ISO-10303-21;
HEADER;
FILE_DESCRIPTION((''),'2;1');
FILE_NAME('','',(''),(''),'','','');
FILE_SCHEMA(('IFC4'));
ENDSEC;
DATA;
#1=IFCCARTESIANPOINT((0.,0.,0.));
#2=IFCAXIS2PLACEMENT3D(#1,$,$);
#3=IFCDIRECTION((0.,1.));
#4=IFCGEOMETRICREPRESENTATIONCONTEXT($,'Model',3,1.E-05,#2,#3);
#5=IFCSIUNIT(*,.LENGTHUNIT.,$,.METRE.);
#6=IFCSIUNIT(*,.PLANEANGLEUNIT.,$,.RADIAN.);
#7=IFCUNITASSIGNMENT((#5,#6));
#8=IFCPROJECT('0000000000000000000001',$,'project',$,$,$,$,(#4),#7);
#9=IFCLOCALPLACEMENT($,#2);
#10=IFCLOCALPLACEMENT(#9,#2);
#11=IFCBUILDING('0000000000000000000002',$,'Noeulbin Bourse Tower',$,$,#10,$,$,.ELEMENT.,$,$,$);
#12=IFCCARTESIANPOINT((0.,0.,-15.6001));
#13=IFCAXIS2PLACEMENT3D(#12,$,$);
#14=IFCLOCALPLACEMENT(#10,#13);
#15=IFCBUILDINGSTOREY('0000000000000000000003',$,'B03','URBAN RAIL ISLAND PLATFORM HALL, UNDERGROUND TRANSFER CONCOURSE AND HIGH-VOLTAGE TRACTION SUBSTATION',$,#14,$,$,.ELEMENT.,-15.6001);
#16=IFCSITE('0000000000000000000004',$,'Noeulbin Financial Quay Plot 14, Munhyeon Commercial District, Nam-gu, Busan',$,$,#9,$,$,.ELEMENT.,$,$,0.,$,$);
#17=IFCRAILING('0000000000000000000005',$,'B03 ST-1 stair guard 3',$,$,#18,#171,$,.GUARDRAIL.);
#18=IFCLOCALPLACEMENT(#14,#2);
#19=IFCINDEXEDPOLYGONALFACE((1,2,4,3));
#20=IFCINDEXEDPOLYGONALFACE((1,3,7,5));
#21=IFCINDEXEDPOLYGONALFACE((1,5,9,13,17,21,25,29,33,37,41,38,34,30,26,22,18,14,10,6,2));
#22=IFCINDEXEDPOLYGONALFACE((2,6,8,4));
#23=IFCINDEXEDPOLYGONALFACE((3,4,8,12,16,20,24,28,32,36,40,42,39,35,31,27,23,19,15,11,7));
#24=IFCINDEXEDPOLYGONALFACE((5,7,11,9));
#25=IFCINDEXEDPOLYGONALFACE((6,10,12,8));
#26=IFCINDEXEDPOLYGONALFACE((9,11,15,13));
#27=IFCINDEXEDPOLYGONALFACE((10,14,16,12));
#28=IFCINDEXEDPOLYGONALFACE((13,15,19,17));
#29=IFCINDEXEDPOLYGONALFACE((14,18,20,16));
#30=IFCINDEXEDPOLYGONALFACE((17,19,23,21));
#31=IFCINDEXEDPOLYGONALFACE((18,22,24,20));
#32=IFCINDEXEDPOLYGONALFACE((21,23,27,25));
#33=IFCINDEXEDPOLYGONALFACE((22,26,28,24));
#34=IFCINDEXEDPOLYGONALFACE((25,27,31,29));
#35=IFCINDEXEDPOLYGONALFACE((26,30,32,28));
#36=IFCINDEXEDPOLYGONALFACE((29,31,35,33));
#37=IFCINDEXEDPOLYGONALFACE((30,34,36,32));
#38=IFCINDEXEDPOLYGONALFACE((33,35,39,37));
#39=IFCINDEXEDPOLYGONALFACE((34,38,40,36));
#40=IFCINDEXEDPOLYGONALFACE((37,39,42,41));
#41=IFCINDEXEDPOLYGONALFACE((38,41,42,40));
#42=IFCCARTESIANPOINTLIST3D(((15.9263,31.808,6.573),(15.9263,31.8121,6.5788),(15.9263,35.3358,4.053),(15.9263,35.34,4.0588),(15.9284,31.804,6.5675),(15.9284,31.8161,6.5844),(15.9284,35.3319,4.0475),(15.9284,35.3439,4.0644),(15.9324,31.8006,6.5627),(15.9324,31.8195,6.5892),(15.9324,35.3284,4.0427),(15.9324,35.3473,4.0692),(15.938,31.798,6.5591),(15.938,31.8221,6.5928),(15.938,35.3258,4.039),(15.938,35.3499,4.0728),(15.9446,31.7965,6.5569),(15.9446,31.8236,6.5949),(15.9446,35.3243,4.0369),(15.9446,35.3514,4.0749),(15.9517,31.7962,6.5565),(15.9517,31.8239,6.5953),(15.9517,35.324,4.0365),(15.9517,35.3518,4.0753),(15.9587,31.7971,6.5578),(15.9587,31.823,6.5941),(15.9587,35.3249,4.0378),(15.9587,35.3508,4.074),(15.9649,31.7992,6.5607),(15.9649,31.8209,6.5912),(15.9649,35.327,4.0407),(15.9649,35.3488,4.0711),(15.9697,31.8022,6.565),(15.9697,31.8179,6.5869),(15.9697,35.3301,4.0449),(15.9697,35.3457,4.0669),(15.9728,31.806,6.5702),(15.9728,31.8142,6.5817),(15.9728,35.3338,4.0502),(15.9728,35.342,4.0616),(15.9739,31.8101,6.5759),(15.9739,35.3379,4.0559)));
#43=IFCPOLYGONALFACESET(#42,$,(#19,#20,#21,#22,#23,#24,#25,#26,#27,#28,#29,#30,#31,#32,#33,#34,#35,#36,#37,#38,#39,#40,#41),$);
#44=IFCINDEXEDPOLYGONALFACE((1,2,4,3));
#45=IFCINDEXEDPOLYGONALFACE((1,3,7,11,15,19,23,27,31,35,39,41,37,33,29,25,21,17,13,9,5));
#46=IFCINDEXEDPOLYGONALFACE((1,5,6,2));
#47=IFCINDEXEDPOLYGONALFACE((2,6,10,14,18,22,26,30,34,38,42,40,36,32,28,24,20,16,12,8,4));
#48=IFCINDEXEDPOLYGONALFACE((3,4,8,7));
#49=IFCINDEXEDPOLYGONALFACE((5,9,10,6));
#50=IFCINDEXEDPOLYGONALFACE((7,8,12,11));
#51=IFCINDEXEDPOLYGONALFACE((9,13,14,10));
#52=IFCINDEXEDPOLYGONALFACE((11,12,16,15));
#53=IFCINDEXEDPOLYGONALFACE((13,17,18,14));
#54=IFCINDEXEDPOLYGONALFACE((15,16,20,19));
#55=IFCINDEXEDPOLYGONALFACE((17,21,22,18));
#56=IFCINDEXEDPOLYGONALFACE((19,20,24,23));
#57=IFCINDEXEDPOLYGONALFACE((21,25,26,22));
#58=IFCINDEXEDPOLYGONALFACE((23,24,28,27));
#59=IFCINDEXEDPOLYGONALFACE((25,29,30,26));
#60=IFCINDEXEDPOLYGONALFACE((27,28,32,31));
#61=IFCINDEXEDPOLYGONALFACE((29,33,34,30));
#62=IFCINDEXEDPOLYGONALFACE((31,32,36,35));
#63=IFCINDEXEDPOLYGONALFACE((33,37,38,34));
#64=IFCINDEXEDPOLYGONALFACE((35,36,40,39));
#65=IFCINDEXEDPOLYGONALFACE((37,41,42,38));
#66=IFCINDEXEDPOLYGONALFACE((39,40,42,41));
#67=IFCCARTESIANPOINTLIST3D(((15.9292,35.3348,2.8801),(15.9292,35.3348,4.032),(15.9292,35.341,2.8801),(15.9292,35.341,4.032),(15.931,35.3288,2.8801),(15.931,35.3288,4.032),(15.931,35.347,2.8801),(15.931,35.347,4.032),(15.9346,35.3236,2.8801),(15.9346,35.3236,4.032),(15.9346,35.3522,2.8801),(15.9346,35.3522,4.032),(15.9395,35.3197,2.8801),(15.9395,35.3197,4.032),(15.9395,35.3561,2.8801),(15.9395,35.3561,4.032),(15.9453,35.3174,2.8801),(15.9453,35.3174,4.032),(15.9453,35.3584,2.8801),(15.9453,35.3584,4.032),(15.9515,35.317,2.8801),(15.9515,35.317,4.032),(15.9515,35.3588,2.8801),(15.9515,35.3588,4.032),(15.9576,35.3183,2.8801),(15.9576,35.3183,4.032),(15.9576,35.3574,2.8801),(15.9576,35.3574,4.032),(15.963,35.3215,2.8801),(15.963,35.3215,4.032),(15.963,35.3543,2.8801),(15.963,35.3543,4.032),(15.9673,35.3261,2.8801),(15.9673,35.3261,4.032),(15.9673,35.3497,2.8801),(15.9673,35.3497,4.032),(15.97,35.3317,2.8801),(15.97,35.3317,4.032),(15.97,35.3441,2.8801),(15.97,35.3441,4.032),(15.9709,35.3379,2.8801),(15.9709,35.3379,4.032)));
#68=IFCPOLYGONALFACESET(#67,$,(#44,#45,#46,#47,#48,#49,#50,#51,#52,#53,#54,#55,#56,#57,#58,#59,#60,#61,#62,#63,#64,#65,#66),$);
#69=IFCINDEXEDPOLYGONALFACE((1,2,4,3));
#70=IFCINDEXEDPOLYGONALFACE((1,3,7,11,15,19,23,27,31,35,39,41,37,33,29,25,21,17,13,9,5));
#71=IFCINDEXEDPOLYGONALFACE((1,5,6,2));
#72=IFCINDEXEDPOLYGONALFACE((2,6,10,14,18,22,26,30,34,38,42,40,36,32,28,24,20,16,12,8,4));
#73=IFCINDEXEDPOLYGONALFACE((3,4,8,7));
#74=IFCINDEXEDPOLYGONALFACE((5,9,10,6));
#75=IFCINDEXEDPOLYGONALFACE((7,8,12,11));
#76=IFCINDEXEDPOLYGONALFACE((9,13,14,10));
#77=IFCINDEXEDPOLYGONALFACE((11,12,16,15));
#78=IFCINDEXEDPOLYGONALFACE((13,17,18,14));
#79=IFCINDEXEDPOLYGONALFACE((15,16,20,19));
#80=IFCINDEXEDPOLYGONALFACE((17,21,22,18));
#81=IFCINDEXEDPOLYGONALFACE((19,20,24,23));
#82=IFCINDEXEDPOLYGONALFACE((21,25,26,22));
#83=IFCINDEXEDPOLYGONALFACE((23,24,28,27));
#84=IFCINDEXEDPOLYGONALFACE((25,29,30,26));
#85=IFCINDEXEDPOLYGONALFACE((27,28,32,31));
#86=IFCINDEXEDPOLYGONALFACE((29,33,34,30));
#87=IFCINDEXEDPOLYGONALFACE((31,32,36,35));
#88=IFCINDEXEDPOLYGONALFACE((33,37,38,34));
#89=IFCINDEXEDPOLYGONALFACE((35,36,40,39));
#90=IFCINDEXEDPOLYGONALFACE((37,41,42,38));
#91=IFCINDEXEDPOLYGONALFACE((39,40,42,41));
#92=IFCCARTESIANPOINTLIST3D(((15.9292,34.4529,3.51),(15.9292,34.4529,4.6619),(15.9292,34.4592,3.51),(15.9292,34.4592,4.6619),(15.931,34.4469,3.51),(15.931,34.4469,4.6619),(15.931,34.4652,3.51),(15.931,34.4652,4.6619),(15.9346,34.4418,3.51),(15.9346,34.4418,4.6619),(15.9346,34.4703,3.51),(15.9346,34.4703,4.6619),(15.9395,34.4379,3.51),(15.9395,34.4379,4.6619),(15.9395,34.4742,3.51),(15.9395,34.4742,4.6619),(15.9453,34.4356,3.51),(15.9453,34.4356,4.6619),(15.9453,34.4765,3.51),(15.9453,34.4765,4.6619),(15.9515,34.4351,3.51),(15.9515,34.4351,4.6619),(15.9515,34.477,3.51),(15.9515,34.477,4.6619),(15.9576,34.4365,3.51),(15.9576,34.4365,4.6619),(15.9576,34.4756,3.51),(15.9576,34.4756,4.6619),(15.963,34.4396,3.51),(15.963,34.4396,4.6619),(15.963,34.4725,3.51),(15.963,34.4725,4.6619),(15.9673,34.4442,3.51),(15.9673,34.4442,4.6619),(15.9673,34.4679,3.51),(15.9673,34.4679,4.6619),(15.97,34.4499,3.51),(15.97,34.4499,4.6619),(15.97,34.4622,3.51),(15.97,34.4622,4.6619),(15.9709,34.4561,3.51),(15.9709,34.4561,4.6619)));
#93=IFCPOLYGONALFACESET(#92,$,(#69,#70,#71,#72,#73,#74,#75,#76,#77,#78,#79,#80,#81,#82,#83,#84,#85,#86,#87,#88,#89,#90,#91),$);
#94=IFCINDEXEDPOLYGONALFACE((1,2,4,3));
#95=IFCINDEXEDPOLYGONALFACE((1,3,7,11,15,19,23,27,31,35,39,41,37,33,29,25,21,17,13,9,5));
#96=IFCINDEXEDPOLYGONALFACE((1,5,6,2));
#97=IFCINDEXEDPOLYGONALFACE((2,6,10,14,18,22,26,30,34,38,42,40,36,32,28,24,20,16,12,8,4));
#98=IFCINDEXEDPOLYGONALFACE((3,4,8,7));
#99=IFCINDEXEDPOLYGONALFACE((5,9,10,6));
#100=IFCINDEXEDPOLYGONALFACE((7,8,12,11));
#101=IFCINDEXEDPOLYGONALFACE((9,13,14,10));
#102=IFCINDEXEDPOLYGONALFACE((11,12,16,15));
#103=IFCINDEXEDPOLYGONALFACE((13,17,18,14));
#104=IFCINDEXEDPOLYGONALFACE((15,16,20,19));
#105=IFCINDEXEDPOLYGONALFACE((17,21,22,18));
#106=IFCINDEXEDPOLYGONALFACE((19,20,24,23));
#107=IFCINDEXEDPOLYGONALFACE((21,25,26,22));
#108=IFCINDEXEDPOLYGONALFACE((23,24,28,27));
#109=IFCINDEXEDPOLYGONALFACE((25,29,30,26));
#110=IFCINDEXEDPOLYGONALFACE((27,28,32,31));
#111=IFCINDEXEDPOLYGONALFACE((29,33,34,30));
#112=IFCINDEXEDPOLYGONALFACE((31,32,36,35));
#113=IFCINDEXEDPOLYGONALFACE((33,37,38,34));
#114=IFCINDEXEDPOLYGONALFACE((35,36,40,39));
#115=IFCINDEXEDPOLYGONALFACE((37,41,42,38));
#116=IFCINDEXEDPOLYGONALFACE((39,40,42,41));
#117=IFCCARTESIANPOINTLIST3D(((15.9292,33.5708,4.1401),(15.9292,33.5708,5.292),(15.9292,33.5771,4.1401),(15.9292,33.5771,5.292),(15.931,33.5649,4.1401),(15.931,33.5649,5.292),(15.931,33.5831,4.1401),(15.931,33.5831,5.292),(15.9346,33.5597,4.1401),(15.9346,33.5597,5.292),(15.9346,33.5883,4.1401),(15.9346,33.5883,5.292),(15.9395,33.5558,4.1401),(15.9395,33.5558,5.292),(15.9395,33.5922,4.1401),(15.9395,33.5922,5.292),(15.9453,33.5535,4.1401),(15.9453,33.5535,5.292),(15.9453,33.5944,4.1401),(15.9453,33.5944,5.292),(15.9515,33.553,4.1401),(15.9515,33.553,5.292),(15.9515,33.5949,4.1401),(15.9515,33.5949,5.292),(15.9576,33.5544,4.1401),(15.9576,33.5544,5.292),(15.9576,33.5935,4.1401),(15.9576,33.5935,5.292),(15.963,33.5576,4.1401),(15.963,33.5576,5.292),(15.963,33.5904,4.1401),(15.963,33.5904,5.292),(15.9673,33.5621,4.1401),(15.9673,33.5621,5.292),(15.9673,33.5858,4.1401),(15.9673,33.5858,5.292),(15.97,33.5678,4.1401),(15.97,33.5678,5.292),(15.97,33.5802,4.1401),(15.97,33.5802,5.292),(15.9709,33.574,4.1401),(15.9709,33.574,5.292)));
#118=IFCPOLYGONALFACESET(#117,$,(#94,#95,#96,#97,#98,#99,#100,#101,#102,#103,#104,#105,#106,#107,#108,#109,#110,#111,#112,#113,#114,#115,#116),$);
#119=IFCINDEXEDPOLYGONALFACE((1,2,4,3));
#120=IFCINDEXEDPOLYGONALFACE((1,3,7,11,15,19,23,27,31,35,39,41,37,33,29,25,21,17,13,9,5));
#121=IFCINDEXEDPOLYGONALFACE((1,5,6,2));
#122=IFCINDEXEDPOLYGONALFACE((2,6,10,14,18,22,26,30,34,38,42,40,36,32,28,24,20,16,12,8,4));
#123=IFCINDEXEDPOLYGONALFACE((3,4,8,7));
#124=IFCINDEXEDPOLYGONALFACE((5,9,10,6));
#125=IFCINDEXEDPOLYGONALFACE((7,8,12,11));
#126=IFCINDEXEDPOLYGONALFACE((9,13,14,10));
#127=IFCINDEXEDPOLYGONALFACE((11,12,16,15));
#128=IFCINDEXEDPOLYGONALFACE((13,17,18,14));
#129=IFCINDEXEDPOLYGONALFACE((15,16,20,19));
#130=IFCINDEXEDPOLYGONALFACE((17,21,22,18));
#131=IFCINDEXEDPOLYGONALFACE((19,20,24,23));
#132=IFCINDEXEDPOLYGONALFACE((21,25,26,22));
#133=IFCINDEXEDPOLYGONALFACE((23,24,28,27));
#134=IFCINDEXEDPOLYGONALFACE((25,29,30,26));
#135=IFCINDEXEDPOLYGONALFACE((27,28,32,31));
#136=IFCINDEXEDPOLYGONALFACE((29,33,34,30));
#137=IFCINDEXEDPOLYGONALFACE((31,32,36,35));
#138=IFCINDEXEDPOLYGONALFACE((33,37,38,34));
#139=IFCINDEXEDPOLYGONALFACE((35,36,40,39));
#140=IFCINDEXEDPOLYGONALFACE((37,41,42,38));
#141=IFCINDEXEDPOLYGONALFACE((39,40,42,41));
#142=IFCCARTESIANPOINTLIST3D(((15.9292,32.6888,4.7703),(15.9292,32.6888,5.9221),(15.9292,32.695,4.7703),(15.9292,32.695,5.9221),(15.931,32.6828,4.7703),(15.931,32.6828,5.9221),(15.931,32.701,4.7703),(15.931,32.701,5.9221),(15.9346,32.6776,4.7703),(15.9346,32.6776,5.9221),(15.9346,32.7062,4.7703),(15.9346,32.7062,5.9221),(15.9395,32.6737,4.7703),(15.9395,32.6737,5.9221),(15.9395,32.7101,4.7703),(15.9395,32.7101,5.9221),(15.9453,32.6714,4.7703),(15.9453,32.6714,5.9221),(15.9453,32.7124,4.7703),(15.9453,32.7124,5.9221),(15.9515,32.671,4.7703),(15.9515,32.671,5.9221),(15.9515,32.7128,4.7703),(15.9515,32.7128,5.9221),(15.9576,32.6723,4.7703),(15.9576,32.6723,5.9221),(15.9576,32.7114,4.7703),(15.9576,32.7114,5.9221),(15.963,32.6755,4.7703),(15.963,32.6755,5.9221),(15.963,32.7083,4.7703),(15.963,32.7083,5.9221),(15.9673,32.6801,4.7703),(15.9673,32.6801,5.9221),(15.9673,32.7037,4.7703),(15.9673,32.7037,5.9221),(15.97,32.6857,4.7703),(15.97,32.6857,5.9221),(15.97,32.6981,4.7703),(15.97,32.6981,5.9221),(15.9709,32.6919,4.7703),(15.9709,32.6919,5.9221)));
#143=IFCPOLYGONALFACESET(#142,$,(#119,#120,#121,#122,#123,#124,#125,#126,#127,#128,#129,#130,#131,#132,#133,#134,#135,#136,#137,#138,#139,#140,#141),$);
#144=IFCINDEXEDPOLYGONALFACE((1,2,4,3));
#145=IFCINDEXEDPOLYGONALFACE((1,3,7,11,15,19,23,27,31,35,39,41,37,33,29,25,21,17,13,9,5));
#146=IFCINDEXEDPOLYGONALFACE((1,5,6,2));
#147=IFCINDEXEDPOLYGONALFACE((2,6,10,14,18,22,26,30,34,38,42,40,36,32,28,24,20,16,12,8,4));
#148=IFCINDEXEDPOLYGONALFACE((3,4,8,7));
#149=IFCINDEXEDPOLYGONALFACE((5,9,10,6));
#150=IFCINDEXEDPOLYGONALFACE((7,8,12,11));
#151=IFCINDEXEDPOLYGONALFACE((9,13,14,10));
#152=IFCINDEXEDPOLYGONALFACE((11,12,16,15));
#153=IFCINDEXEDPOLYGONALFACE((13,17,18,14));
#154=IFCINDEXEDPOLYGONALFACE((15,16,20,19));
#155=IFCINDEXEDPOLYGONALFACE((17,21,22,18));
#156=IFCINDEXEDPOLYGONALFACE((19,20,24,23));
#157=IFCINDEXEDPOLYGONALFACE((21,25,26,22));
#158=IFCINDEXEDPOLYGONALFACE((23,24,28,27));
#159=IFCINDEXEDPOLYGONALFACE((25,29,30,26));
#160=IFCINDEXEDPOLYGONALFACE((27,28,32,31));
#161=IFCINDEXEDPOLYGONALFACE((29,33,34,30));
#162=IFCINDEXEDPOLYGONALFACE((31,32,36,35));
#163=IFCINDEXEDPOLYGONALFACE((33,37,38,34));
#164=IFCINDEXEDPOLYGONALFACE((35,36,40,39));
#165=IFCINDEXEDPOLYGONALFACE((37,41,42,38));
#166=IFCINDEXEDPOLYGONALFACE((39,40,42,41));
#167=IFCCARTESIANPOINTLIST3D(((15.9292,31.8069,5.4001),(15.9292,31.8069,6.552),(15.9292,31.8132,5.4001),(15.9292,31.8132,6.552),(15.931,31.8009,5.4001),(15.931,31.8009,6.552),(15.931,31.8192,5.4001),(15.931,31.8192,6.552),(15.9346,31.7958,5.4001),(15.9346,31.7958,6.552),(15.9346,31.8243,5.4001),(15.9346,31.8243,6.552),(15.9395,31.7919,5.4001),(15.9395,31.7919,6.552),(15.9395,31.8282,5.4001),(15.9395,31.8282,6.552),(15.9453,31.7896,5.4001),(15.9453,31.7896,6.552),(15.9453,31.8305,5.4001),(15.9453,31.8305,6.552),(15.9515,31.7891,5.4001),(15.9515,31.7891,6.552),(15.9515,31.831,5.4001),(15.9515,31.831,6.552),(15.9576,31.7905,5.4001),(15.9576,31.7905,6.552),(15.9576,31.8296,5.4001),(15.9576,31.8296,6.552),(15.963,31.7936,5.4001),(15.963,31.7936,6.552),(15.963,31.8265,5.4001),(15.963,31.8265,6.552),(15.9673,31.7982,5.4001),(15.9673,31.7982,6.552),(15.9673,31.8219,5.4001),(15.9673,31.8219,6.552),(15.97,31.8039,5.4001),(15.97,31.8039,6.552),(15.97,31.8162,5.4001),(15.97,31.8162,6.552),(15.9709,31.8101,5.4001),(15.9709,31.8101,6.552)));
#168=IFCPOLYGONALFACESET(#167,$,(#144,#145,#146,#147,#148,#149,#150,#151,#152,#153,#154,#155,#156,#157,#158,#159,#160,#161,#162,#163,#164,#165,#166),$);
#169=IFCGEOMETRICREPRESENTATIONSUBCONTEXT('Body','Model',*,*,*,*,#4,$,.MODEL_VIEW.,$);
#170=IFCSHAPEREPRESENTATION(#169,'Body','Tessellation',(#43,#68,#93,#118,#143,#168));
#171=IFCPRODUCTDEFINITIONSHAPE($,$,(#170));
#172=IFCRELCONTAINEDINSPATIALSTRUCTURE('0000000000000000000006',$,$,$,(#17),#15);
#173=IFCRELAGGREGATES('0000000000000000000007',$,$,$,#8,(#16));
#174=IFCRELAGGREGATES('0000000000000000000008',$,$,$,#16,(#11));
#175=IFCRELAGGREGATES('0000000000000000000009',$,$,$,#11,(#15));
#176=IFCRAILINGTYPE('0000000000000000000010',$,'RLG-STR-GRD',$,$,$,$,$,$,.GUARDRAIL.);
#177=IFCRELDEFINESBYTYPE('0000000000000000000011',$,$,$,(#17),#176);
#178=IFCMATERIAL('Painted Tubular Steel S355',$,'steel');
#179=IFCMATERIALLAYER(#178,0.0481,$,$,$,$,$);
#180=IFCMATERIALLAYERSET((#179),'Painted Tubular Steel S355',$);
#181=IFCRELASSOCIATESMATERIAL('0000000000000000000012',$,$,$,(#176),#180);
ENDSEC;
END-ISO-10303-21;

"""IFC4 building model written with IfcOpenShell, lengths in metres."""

from ifc_helpers import new_model, si_unit, direction, frame, origin, origin_2d, place, context, subcontext, project, spatial, circle, extrude, material, layer, layer_set, type_object, element, save


model = new_model("IFC4")

# Units and contexts
model_context = context("Model", 3, precision=1e-05, world=origin(), true_north=direction((0.0, 1.0)))
body_context = subcontext(model_context, "Body", "Model", "MODEL_VIEW")
ifc_project = project(units=[si_unit("LENGTHUNIT", "METRE"), si_unit("PLANEANGLEUNIT", "RADIAN")], contexts=[model_context])

# Site, building, storey
site_placement = place(None, origin())
site = spatial("IfcSite", under=ifc_project, at=site_placement, Name="Noeulbin Financial Quay Plot 14, Munhyeon Commercial District, Nam-gu, Busan", CompositionType="ELEMENT", RefElevation=0.0)
building_placement = place(site_placement, origin())
building = spatial("IfcBuilding", under=site, at=building_placement, Name="Noeulbin Bourse Tower", CompositionType="ELEMENT")
storey_placement = place(building_placement, frame((0.0, 0.0, -15.6001)))
storey = spatial("IfcBuildingStorey", under=building, at=storey_placement, Name="B03", Description="URBAN RAIL ISLAND PLATFORM HALL, UNDERGROUND TRANSFER CONCOURSE AND HIGH-VOLTAGE TRACTION SUBSTATION", CompositionType="ELEMENT", Elevation=-15.6001)

# Railing
ifc_material_1 = material(Name="Painted Tubular Steel S355", Category="steel")
ifc_layer_1 = layer(ifc_material_1, 0.0481)
ifc_layer_set_1 = layer_set([ifc_layer_1], Name="Painted Tubular Steel S355")
railing_type_1 = type_object("IfcRailingType", Name="RLG-STR-GRD", PredefinedType="GUARDRAIL", material=ifc_layer_set_1)
railing_1_placement = place(storey_placement, frame((15.95, 35.3379, 2.8801)))
element("IfcRailing", 1, at=railing_1_placement, inside=storey, type_object=railing_type_1, Name="B03 ST-1 stair guard 3", PredefinedType="GUARDRAIL", context=body_context, shape_type="SweptSolid", body=[
    extrude(circle(Radius=0.0239, at=origin_2d()), frame((0.0, 0.0, 1.1758), z_axis=(0.0, -0.813718, 0.58126), x_axis=(1.0, 0.0, 0.0)), (0.0, 0.0, 1.0), 4.3354),
    extrude(circle(Radius=0.021, at=origin_2d()), origin(), (0.0, 0.0, 1.0), 1.1519),
    extrude(circle(Radius=0.021, at=origin_2d()), frame((0.0, -0.8818, 0.6299)), (0.0, 0.0, 1.0), 1.1519),
    extrude(circle(Radius=0.021, at=origin_2d()), frame((0.0, -1.7639, 1.26)), (0.0, 0.0, 1.0), 1.1519),
    extrude(circle(Radius=0.021, at=origin_2d()), frame((0.0, -2.646, 1.8901)), (0.0, 0.0, 1.0), 1.1519),
    extrude(circle(Radius=0.021, at=origin_2d()), frame((0.0, -3.5278, 2.52)), (0.0, 0.0, 1.0), 1.1519),
])

save(model, "model.ifc")
